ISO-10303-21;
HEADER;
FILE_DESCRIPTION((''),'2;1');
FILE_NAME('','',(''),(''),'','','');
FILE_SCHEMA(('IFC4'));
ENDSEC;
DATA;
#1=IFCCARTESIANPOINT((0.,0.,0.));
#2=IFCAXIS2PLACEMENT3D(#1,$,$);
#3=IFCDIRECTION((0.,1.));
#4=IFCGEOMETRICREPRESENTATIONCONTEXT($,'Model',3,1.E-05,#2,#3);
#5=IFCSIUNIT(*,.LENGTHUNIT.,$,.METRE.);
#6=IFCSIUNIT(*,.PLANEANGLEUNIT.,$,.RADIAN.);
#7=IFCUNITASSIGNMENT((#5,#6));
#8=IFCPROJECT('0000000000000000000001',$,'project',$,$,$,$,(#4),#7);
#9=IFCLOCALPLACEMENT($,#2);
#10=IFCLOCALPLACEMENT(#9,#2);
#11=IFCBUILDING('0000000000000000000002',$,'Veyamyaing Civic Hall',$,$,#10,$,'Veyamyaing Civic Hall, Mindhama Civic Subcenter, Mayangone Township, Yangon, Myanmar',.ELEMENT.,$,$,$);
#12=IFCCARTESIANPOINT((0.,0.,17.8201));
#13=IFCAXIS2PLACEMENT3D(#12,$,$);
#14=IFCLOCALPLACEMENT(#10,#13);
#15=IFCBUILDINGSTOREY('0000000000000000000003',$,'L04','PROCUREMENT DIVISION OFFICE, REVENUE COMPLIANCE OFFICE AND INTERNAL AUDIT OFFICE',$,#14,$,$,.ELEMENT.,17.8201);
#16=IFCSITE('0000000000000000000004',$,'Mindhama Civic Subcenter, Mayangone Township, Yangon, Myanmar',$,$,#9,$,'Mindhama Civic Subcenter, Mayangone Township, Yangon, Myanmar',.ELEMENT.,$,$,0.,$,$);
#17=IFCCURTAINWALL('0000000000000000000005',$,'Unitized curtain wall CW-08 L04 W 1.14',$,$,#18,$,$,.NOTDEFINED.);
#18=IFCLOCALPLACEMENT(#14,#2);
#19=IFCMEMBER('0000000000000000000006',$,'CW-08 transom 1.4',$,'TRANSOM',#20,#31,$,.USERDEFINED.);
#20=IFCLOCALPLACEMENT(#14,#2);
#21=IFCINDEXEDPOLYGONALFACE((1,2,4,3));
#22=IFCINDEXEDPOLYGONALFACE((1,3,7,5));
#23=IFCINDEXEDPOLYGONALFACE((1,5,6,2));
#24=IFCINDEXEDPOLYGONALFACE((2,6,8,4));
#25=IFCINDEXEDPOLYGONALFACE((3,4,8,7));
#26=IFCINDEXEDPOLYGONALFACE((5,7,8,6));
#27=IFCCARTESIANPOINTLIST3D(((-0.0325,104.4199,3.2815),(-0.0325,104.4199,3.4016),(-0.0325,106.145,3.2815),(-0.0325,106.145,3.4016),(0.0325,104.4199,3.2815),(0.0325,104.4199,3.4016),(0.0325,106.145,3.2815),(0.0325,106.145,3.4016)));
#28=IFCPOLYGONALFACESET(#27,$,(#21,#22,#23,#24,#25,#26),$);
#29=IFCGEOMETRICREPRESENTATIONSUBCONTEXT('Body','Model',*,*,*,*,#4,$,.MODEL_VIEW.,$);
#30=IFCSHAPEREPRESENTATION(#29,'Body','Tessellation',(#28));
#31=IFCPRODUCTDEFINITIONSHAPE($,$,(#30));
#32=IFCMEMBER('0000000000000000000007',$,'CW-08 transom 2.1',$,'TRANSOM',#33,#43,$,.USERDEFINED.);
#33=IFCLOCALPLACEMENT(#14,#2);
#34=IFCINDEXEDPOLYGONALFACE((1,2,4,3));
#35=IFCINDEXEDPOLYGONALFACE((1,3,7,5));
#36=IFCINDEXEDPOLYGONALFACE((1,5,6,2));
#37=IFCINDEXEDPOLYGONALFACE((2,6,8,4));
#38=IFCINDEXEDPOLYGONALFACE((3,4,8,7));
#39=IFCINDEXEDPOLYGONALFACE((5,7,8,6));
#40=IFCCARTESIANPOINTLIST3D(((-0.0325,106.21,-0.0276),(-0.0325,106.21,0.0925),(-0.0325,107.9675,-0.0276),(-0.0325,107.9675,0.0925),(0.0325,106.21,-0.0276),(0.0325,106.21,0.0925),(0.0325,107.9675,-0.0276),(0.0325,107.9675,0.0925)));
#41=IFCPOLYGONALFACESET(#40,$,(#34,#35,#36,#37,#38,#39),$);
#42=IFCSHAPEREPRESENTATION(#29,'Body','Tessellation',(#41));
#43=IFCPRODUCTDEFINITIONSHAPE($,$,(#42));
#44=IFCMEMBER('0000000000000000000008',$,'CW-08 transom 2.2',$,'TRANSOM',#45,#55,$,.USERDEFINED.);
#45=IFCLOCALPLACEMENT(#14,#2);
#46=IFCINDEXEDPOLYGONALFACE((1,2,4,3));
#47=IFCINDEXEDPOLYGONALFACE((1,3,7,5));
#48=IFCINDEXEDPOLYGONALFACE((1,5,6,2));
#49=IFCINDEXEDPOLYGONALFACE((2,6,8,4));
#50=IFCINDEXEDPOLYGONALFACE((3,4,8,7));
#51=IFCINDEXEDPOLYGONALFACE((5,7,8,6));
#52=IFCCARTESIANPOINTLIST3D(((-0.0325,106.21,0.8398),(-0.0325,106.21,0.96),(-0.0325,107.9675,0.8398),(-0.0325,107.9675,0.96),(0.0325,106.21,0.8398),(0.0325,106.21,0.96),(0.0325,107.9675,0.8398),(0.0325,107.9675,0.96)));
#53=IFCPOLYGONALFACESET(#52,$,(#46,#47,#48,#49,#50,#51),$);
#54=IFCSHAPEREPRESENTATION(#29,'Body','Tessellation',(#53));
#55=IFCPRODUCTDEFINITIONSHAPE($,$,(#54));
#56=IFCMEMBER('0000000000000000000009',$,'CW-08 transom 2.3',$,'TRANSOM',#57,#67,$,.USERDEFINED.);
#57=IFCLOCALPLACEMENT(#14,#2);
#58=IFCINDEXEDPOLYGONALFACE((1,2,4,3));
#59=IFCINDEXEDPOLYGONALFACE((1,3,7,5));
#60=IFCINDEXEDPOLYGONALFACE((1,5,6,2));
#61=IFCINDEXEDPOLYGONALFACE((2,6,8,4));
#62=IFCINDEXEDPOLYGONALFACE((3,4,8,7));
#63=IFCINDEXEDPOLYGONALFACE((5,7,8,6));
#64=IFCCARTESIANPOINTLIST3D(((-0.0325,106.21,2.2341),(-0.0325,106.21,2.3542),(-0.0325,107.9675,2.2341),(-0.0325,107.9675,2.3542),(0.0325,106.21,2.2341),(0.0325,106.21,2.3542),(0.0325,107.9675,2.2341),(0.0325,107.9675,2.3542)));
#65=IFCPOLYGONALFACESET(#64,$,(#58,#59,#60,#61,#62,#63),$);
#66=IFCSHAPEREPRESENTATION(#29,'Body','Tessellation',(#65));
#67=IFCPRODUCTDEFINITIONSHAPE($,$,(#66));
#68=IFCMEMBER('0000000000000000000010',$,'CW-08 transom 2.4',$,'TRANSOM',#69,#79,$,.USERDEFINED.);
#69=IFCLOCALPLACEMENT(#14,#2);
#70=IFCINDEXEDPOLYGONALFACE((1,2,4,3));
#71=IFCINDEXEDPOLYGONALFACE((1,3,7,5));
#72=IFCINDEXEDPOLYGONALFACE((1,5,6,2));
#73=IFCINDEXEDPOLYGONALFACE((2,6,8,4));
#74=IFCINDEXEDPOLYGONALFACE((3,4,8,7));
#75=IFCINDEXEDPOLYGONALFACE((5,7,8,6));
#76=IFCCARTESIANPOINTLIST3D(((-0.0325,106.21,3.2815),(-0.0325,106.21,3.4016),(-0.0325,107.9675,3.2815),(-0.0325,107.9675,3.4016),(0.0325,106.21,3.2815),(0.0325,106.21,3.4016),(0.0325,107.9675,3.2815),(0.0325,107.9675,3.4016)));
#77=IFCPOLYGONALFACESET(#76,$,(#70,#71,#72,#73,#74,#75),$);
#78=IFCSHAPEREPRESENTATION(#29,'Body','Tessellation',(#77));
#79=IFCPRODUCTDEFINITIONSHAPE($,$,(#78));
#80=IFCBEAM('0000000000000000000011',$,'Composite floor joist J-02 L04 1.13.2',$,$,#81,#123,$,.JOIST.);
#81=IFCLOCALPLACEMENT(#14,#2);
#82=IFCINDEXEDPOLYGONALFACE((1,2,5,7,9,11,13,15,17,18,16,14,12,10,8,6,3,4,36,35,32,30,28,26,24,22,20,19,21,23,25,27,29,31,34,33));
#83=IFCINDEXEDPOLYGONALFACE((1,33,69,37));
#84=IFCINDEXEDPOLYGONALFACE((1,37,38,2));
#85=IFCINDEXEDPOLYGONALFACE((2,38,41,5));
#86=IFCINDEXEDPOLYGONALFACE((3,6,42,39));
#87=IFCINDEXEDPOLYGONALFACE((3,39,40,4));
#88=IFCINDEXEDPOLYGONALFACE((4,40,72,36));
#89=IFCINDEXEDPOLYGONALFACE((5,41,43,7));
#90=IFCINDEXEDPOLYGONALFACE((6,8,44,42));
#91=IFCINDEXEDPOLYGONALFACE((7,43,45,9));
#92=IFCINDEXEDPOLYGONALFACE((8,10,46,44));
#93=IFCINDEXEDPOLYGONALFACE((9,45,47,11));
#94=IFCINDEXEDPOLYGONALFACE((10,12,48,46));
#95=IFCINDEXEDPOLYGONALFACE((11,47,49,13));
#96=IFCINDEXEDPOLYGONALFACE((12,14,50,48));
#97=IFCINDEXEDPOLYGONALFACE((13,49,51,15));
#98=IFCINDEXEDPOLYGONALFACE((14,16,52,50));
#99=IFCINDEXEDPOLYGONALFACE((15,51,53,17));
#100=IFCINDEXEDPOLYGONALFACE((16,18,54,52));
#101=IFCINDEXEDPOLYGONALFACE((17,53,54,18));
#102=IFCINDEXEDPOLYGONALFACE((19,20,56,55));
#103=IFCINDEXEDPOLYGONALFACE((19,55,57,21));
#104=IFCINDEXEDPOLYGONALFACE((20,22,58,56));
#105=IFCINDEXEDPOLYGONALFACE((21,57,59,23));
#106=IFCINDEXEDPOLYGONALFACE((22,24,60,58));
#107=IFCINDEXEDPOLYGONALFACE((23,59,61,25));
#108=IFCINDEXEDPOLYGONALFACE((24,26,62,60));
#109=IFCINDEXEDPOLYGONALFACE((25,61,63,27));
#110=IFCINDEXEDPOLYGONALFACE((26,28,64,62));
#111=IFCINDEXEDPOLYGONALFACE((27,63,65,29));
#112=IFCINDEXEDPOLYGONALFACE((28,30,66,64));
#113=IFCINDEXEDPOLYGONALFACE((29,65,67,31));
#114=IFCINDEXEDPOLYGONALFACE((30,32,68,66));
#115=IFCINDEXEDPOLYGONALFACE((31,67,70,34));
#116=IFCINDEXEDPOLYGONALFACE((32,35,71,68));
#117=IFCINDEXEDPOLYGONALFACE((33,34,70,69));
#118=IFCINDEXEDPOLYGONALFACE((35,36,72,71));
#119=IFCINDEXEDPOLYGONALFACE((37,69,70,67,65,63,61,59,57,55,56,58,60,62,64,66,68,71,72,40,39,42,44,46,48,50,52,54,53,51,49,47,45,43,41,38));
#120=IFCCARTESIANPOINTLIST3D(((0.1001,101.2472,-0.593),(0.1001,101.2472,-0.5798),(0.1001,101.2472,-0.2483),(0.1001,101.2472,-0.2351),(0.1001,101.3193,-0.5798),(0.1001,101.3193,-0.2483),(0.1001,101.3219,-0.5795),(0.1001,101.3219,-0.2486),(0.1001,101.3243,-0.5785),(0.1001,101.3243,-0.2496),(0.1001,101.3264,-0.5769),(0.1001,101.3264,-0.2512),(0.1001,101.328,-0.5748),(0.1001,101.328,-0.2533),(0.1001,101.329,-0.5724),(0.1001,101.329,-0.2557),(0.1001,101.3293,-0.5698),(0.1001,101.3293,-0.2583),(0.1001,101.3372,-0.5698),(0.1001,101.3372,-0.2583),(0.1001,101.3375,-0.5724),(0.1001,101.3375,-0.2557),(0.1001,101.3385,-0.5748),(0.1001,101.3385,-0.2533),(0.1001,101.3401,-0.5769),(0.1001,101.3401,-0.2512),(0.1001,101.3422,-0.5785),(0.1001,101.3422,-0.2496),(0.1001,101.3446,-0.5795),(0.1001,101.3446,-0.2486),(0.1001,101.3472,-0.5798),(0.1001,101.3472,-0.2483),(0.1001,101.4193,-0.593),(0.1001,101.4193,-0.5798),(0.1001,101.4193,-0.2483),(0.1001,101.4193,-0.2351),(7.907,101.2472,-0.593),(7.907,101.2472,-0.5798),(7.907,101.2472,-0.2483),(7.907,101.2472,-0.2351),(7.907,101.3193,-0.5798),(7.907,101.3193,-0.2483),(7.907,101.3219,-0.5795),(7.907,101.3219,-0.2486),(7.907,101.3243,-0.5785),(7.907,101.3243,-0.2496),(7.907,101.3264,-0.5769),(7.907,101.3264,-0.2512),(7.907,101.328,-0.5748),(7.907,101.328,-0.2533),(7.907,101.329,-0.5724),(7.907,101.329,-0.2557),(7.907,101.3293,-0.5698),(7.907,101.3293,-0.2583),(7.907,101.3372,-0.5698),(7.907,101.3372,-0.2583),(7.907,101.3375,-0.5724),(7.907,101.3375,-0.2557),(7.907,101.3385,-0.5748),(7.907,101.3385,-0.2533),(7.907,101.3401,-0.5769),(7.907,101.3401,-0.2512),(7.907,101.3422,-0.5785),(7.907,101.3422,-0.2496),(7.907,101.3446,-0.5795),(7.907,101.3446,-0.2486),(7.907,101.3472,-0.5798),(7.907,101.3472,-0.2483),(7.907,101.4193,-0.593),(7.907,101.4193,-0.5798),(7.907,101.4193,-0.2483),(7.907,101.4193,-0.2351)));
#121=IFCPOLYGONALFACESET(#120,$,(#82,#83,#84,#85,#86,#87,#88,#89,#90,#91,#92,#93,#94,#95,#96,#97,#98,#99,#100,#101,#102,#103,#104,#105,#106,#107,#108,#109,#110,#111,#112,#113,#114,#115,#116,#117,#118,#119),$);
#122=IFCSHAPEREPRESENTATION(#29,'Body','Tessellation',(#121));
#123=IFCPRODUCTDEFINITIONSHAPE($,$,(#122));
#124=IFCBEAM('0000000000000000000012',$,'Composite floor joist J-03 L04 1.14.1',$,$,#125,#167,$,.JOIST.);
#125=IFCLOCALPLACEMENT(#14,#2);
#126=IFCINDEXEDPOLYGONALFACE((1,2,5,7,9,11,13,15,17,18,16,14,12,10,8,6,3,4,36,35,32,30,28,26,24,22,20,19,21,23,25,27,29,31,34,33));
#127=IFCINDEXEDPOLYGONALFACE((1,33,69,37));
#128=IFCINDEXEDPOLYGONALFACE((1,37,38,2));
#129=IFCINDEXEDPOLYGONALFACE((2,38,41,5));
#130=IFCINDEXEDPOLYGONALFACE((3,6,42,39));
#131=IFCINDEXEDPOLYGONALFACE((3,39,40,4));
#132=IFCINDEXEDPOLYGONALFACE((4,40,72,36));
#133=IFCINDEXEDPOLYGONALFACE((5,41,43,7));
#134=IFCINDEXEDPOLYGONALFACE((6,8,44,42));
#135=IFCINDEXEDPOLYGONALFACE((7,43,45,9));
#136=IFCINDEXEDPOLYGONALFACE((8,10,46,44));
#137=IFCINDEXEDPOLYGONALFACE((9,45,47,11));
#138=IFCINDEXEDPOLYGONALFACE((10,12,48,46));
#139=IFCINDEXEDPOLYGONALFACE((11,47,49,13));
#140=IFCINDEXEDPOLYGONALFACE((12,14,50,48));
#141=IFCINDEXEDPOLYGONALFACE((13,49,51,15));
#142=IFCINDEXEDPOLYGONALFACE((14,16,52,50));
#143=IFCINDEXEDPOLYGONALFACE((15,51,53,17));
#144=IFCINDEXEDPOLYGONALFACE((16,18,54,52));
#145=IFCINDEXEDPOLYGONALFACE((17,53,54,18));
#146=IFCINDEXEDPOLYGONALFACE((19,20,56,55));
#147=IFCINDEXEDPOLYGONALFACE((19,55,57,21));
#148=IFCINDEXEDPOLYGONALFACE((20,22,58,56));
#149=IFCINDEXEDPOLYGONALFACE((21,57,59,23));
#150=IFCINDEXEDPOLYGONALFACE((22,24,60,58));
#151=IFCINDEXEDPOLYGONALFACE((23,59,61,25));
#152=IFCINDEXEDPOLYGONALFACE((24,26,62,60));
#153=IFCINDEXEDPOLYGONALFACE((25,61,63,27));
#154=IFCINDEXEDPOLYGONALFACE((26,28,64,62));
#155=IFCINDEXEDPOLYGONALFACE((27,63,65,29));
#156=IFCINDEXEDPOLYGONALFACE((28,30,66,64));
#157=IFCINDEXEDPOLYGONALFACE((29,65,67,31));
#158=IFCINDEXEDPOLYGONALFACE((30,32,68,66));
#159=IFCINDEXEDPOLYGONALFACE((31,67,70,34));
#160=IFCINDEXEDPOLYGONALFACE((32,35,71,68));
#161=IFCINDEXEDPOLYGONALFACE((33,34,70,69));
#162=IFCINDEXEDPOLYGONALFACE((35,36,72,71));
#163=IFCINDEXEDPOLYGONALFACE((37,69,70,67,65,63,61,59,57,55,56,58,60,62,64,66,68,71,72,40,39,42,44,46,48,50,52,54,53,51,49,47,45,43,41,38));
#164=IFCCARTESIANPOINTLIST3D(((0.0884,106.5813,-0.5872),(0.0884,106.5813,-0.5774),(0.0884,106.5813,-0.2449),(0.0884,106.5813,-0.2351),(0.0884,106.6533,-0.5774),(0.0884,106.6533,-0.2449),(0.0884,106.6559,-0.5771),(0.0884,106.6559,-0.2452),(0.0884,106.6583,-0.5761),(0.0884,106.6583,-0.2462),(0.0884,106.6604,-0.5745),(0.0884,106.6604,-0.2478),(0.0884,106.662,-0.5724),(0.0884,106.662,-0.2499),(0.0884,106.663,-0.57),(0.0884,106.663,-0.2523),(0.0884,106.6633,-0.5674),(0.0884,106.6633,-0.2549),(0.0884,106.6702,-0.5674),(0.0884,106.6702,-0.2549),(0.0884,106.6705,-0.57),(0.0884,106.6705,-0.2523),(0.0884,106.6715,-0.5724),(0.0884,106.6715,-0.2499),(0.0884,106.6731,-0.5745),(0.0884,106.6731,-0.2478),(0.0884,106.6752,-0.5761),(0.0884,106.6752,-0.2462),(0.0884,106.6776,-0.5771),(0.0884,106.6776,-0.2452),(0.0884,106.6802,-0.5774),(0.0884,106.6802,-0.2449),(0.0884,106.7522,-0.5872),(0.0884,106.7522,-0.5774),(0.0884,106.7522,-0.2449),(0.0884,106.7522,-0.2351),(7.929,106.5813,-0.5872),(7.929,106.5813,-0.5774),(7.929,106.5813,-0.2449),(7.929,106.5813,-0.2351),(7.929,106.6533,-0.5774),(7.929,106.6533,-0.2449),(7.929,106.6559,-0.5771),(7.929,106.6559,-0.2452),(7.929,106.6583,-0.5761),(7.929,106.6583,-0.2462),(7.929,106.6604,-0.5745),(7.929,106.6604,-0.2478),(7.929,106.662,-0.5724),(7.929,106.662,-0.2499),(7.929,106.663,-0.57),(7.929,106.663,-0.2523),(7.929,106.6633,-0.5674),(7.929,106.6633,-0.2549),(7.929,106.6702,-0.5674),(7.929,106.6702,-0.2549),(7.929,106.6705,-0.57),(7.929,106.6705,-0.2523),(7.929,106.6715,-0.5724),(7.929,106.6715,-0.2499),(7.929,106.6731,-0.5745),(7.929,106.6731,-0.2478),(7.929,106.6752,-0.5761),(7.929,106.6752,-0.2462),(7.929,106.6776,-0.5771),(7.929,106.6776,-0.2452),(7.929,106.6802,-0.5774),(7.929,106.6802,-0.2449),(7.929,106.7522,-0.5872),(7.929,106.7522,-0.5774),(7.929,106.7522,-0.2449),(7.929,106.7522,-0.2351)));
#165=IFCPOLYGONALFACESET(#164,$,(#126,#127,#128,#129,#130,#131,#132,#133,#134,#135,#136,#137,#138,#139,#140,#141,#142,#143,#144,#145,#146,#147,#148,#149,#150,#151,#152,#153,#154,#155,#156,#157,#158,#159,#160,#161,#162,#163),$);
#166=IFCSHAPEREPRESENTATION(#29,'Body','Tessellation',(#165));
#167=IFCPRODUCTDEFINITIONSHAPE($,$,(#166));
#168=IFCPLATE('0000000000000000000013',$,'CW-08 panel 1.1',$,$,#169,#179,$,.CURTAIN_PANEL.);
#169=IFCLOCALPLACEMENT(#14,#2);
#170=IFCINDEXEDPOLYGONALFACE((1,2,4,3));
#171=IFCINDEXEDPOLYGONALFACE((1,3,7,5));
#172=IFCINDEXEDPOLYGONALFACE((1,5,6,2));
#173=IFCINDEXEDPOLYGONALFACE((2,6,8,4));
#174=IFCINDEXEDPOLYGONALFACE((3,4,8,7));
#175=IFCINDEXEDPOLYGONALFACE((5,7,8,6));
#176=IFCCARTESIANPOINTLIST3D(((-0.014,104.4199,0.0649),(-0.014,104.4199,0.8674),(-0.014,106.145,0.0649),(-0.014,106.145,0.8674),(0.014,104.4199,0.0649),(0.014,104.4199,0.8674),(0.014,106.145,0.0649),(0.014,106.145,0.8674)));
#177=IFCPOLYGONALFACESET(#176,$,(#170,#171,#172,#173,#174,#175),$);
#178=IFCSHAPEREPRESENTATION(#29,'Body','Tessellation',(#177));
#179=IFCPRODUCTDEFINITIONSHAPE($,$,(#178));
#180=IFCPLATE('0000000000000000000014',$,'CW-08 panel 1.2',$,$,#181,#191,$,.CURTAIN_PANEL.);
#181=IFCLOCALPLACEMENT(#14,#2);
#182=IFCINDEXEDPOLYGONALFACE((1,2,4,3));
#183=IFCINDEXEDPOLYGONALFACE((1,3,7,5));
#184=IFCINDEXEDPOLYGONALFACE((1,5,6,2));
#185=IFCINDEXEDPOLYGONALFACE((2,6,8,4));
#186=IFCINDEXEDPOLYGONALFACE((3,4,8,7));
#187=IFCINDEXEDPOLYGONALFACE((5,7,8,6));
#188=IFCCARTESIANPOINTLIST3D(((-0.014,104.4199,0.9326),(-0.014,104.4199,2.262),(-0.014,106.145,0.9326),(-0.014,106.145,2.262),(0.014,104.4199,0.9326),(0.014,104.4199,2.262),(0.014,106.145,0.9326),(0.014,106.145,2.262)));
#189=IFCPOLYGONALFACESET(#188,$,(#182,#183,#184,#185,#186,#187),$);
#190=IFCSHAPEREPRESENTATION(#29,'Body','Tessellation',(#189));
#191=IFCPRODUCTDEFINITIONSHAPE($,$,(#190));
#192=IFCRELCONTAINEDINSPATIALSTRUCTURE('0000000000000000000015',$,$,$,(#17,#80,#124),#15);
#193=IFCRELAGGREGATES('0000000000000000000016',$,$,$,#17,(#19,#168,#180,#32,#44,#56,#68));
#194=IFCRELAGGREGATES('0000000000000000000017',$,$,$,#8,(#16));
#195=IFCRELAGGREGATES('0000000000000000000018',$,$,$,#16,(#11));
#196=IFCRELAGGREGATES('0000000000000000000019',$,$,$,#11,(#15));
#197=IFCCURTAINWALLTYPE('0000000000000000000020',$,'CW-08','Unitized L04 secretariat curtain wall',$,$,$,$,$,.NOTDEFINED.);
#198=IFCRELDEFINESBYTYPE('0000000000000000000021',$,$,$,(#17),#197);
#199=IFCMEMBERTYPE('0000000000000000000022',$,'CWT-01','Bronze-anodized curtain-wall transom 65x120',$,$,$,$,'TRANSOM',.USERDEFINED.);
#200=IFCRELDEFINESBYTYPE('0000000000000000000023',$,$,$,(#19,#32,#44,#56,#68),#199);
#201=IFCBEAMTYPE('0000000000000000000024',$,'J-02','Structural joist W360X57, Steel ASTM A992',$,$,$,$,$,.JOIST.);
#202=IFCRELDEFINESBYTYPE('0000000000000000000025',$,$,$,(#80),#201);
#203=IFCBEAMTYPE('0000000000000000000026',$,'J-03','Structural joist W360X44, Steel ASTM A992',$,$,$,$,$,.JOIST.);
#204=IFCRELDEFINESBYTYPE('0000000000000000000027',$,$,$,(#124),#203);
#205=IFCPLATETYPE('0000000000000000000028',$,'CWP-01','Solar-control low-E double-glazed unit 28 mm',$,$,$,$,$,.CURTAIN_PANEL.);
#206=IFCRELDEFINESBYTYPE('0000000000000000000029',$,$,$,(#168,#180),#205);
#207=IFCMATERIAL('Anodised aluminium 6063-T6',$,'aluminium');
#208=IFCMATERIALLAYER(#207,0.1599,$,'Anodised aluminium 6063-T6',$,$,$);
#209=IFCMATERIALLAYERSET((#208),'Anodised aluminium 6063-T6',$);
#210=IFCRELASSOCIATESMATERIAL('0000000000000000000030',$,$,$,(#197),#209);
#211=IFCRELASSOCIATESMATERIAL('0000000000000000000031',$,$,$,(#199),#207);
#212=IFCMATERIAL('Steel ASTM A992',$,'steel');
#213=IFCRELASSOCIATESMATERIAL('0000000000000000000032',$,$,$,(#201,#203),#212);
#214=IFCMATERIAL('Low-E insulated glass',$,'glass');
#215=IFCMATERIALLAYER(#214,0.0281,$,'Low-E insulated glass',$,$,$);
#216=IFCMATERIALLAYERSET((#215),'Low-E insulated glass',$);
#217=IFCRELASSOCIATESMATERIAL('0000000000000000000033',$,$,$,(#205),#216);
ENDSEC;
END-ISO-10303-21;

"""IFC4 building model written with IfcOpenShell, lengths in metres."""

from ifc_helpers import new_model, si_unit, direction, frame, origin, origin_2d, place, context, subcontext, project, spatial, rectangle, i_section, extrude, material, layer, layer_set, material_profile, profile_set, type_object, element, aggregate, save


model = new_model("IFC4")

# Units and contexts
model_context = context("Model", 3, precision=1e-05, world=origin(), true_north=direction((0.0, 1.0)))
body_context = subcontext(model_context, "Body", "Model", "MODEL_VIEW")
ifc_project = project(units=[si_unit("LENGTHUNIT", "METRE"), si_unit("PLANEANGLEUNIT", "RADIAN")], contexts=[model_context])

# Site, building, storey
site_placement = place(None, origin())
site = spatial("IfcSite", under=ifc_project, at=site_placement, Name="Mindhama Civic Subcenter, Mayangone Township, Yangon, Myanmar", LongName="Mindhama Civic Subcenter, Mayangone Township, Yangon, Myanmar", CompositionType="ELEMENT", RefElevation=0.0)
building_placement = place(site_placement, origin())
building = spatial("IfcBuilding", under=site, at=building_placement, Name="Veyamyaing Civic Hall", LongName="Veyamyaing Civic Hall, Mindhama Civic Subcenter, Mayangone Township, Yangon, Myanmar", CompositionType="ELEMENT")
storey_placement = place(building_placement, frame((0.0, 0.0, 17.8201)))
storey = spatial("IfcBuildingStorey", under=building, at=storey_placement, Name="L04", Description="PROCUREMENT DIVISION OFFICE, REVENUE COMPLIANCE OFFICE AND INTERNAL AUDIT OFFICE", CompositionType="ELEMENT", Elevation=17.8201)

# Shared definitions
ifc_material_1 = material(Name="Steel ASTM A992", Category="steel")

# Curtain wall, members
ifc_material_2 = material(Name="Anodised aluminium 6063-T6", Category="aluminium")
ifc_layer_1 = layer(ifc_material_2, 0.1599, Name="Anodised aluminium 6063-T6")
ifc_layer_set_1 = layer_set([ifc_layer_1], Name="Anodised aluminium 6063-T6")
curtain_wall_type = type_object("IfcCurtainWallType", Name="CW-08", Description="Unitized L04 secretariat curtain wall", PredefinedType="NOTDEFINED", material=ifc_layer_set_1)
curtain_wall_placement = place(storey_placement, origin())
curtain_wall = element("IfcCurtainWall", 1, at=curtain_wall_placement, inside=storey, type_object=curtain_wall_type, Name="Unitized curtain wall CW-08 L04 W 1.14", PredefinedType="NOTDEFINED")
ifc_material_profile_1 = material_profile(ifc_material_2, rectangle(XDim=0.0649, YDim=0.1201, at=origin_2d()), Name="ALU-TRN-65X120")
ifc_profile_set_1 = profile_set([ifc_material_profile_1], Name="Anodised aluminium 6063-T6")
member_type_1 = type_object("IfcMemberType", Name="CWT-01", Description="Bronze-anodized curtain-wall transom 65x120", ElementType="TRANSOM", PredefinedType="USERDEFINED", material=ifc_profile_set_1)
member_1_placement = place(storey_placement, frame((0.0, 104.4199, 3.3416), z_axis=(0.0, 1.0, 0.0), x_axis=(-1.0, 0.0, 0.0)))
member_1 = element("IfcMember", 2, at=member_1_placement, type_object=member_type_1, Name="CW-08 transom 1.4", ObjectType="TRANSOM", PredefinedType="USERDEFINED", context=body_context, shape_type="SweptSolid", body=[
    extrude(rectangle(XDim=0.0649, YDim=0.1201, at=origin_2d()), origin(), (0.0, 0.0, 1.0), 1.7251),
])
member_2_placement = place(storey_placement, frame((0.0, 106.21, 0.0325), z_axis=(0.0, 1.0, 0.0), x_axis=(-1.0, 0.0, 0.0)))
member_2 = element("IfcMember", 3, at=member_2_placement, type_object=member_type_1, Name="CW-08 transom 2.1", ObjectType="TRANSOM", PredefinedType="USERDEFINED", context=body_context, shape_type="SweptSolid", body=[
    extrude(rectangle(XDim=0.0649, YDim=0.1201, at=origin_2d()), origin(), (0.0, 0.0, 1.0), 1.7576),
])
member_3_placement = place(storey_placement, frame((0.0, 106.21, 0.8999), z_axis=(0.0, 1.0, 0.0), x_axis=(-1.0, 0.0, 0.0)))
member_3 = element("IfcMember", 4, at=member_3_placement, type_object=member_type_1, Name="CW-08 transom 2.2", ObjectType="TRANSOM", PredefinedType="USERDEFINED", context=body_context, shape_type="SweptSolid", body=[
    extrude(rectangle(XDim=0.0649, YDim=0.1201, at=origin_2d()), origin(), (0.0, 0.0, 1.0), 1.7576),
])
member_4_placement = place(storey_placement, frame((0.0, 106.21, 2.2942), z_axis=(0.0, 1.0, 0.0), x_axis=(-1.0, 0.0, 0.0)))
member_4 = element("IfcMember", 5, at=member_4_placement, type_object=member_type_1, Name="CW-08 transom 2.3", ObjectType="TRANSOM", PredefinedType="USERDEFINED", context=body_context, shape_type="SweptSolid", body=[
    extrude(rectangle(XDim=0.0649, YDim=0.1201, at=origin_2d()), origin(), (0.0, 0.0, 1.0), 1.7576),
])
member_5_placement = place(storey_placement, frame((0.0, 106.21, 3.3416), z_axis=(0.0, 1.0, 0.0), x_axis=(-1.0, 0.0, 0.0)))
member_5 = element("IfcMember", 6, at=member_5_placement, type_object=member_type_1, Name="CW-08 transom 2.4", ObjectType="TRANSOM", PredefinedType="USERDEFINED", context=body_context, shape_type="SweptSolid", body=[
    extrude(rectangle(XDim=0.0649, YDim=0.1201, at=origin_2d()), origin(), (0.0, 0.0, 1.0), 1.7576),
])

# Beams
ifc_material_profile_2 = material_profile(ifc_material_1, i_section(OverallWidth=0.1721, OverallDepth=0.3579, WebThickness=0.0078, FlangeThickness=0.0132, FilletRadius=0.01, at=origin_2d()), Name="W360X57")
ifc_profile_set_2 = profile_set([ifc_material_profile_2], Name="Steel ASTM A992")
beam_type_1 = type_object("IfcBeamType", Name="J-02", Description="Structural joist W360X57, Steel ASTM A992", PredefinedType="JOIST", material=ifc_profile_set_2)
beam_1_placement = place(storey_placement, frame((0.1001, 101.3333, -0.4141), z_axis=(1.0, 0.0, 0.0), x_axis=(0.0, 1.0, 0.0)))
element("IfcBeam", 7, at=beam_1_placement, inside=storey, type_object=beam_type_1, Name="Composite floor joist J-02 L04 1.13.2", PredefinedType="JOIST", context=body_context, shape_type="SweptSolid", body=[
    extrude(i_section(OverallWidth=0.1721, OverallDepth=0.3579, WebThickness=0.0078, FlangeThickness=0.0132, FilletRadius=0.01, at=origin_2d()), origin(), (0.0, 0.0, 1.0), 7.8069),
])
ifc_material_profile_3 = material_profile(ifc_material_1, i_section(OverallWidth=0.1709, OverallDepth=0.3521, WebThickness=0.0068, FlangeThickness=0.0098, FilletRadius=0.01, at=origin_2d()), Name="W360X44")
ifc_profile_set_3 = profile_set([ifc_material_profile_3], Name="Steel ASTM A992")
beam_type_2 = type_object("IfcBeamType", Name="J-03", Description="Structural joist W360X44, Steel ASTM A992", PredefinedType="JOIST", material=ifc_profile_set_3)
beam_2_placement = place(storey_placement, frame((0.0884, 106.6667, -0.4111), z_axis=(1.0, 0.0, 0.0), x_axis=(0.0, 1.0, 0.0)))
element("IfcBeam", 8, at=beam_2_placement, inside=storey, type_object=beam_type_2, Name="Composite floor joist J-03 L04 1.14.1", PredefinedType="JOIST", context=body_context, shape_type="SweptSolid", body=[
    extrude(i_section(OverallWidth=0.1709, OverallDepth=0.3521, WebThickness=0.0068, FlangeThickness=0.0098, FilletRadius=0.01, at=origin_2d()), origin(), (0.0, 0.0, 1.0), 7.8406),
])

# Plates
ifc_material_3 = material(Name="Low-E insulated glass", Category="glass")
ifc_layer_2 = layer(ifc_material_3, 0.0281, Name="Low-E insulated glass")
ifc_layer_set_2 = layer_set([ifc_layer_2], Name="Low-E insulated glass")
plate_type = type_object("IfcPlateType", Name="CWP-01", Description="Solar-control low-E double-glazed unit 28 mm", PredefinedType="CURTAIN_PANEL", material=ifc_layer_set_2)
plate_1_placement = place(storey_placement, frame((0.0, 105.2825, 0.0649), z_axis=(0.0, 0.0, 1.0), x_axis=(0.0, 1.0, 0.0)))
plate_1 = element("IfcPlate", 9, at=plate_1_placement, type_object=plate_type, Name="CW-08 panel 1.1", PredefinedType="CURTAIN_PANEL", context=body_context, shape_type="SweptSolid", body=[
    extrude(rectangle(XDim=1.7251, YDim=0.0281, at=origin_2d()), origin(), (0.0, 0.0, 1.0), 0.8025),
])
plate_2_placement = place(storey_placement, frame((0.0, 105.2825, 0.9326), z_axis=(0.0, 0.0, 1.0), x_axis=(0.0, 1.0, 0.0)))
plate_2 = element("IfcPlate", 10, at=plate_2_placement, type_object=plate_type, Name="CW-08 panel 1.2", PredefinedType="CURTAIN_PANEL", context=body_context, shape_type="SweptSolid", body=[
    extrude(rectangle(XDim=1.7251, YDim=0.0281, at=origin_2d()), origin(), (0.0, 0.0, 1.0), 1.3293),
])
aggregate(curtain_wall, [member_1, plate_1, plate_2, member_2, member_3, member_4, member_5])

save(model, "model.ifc")
